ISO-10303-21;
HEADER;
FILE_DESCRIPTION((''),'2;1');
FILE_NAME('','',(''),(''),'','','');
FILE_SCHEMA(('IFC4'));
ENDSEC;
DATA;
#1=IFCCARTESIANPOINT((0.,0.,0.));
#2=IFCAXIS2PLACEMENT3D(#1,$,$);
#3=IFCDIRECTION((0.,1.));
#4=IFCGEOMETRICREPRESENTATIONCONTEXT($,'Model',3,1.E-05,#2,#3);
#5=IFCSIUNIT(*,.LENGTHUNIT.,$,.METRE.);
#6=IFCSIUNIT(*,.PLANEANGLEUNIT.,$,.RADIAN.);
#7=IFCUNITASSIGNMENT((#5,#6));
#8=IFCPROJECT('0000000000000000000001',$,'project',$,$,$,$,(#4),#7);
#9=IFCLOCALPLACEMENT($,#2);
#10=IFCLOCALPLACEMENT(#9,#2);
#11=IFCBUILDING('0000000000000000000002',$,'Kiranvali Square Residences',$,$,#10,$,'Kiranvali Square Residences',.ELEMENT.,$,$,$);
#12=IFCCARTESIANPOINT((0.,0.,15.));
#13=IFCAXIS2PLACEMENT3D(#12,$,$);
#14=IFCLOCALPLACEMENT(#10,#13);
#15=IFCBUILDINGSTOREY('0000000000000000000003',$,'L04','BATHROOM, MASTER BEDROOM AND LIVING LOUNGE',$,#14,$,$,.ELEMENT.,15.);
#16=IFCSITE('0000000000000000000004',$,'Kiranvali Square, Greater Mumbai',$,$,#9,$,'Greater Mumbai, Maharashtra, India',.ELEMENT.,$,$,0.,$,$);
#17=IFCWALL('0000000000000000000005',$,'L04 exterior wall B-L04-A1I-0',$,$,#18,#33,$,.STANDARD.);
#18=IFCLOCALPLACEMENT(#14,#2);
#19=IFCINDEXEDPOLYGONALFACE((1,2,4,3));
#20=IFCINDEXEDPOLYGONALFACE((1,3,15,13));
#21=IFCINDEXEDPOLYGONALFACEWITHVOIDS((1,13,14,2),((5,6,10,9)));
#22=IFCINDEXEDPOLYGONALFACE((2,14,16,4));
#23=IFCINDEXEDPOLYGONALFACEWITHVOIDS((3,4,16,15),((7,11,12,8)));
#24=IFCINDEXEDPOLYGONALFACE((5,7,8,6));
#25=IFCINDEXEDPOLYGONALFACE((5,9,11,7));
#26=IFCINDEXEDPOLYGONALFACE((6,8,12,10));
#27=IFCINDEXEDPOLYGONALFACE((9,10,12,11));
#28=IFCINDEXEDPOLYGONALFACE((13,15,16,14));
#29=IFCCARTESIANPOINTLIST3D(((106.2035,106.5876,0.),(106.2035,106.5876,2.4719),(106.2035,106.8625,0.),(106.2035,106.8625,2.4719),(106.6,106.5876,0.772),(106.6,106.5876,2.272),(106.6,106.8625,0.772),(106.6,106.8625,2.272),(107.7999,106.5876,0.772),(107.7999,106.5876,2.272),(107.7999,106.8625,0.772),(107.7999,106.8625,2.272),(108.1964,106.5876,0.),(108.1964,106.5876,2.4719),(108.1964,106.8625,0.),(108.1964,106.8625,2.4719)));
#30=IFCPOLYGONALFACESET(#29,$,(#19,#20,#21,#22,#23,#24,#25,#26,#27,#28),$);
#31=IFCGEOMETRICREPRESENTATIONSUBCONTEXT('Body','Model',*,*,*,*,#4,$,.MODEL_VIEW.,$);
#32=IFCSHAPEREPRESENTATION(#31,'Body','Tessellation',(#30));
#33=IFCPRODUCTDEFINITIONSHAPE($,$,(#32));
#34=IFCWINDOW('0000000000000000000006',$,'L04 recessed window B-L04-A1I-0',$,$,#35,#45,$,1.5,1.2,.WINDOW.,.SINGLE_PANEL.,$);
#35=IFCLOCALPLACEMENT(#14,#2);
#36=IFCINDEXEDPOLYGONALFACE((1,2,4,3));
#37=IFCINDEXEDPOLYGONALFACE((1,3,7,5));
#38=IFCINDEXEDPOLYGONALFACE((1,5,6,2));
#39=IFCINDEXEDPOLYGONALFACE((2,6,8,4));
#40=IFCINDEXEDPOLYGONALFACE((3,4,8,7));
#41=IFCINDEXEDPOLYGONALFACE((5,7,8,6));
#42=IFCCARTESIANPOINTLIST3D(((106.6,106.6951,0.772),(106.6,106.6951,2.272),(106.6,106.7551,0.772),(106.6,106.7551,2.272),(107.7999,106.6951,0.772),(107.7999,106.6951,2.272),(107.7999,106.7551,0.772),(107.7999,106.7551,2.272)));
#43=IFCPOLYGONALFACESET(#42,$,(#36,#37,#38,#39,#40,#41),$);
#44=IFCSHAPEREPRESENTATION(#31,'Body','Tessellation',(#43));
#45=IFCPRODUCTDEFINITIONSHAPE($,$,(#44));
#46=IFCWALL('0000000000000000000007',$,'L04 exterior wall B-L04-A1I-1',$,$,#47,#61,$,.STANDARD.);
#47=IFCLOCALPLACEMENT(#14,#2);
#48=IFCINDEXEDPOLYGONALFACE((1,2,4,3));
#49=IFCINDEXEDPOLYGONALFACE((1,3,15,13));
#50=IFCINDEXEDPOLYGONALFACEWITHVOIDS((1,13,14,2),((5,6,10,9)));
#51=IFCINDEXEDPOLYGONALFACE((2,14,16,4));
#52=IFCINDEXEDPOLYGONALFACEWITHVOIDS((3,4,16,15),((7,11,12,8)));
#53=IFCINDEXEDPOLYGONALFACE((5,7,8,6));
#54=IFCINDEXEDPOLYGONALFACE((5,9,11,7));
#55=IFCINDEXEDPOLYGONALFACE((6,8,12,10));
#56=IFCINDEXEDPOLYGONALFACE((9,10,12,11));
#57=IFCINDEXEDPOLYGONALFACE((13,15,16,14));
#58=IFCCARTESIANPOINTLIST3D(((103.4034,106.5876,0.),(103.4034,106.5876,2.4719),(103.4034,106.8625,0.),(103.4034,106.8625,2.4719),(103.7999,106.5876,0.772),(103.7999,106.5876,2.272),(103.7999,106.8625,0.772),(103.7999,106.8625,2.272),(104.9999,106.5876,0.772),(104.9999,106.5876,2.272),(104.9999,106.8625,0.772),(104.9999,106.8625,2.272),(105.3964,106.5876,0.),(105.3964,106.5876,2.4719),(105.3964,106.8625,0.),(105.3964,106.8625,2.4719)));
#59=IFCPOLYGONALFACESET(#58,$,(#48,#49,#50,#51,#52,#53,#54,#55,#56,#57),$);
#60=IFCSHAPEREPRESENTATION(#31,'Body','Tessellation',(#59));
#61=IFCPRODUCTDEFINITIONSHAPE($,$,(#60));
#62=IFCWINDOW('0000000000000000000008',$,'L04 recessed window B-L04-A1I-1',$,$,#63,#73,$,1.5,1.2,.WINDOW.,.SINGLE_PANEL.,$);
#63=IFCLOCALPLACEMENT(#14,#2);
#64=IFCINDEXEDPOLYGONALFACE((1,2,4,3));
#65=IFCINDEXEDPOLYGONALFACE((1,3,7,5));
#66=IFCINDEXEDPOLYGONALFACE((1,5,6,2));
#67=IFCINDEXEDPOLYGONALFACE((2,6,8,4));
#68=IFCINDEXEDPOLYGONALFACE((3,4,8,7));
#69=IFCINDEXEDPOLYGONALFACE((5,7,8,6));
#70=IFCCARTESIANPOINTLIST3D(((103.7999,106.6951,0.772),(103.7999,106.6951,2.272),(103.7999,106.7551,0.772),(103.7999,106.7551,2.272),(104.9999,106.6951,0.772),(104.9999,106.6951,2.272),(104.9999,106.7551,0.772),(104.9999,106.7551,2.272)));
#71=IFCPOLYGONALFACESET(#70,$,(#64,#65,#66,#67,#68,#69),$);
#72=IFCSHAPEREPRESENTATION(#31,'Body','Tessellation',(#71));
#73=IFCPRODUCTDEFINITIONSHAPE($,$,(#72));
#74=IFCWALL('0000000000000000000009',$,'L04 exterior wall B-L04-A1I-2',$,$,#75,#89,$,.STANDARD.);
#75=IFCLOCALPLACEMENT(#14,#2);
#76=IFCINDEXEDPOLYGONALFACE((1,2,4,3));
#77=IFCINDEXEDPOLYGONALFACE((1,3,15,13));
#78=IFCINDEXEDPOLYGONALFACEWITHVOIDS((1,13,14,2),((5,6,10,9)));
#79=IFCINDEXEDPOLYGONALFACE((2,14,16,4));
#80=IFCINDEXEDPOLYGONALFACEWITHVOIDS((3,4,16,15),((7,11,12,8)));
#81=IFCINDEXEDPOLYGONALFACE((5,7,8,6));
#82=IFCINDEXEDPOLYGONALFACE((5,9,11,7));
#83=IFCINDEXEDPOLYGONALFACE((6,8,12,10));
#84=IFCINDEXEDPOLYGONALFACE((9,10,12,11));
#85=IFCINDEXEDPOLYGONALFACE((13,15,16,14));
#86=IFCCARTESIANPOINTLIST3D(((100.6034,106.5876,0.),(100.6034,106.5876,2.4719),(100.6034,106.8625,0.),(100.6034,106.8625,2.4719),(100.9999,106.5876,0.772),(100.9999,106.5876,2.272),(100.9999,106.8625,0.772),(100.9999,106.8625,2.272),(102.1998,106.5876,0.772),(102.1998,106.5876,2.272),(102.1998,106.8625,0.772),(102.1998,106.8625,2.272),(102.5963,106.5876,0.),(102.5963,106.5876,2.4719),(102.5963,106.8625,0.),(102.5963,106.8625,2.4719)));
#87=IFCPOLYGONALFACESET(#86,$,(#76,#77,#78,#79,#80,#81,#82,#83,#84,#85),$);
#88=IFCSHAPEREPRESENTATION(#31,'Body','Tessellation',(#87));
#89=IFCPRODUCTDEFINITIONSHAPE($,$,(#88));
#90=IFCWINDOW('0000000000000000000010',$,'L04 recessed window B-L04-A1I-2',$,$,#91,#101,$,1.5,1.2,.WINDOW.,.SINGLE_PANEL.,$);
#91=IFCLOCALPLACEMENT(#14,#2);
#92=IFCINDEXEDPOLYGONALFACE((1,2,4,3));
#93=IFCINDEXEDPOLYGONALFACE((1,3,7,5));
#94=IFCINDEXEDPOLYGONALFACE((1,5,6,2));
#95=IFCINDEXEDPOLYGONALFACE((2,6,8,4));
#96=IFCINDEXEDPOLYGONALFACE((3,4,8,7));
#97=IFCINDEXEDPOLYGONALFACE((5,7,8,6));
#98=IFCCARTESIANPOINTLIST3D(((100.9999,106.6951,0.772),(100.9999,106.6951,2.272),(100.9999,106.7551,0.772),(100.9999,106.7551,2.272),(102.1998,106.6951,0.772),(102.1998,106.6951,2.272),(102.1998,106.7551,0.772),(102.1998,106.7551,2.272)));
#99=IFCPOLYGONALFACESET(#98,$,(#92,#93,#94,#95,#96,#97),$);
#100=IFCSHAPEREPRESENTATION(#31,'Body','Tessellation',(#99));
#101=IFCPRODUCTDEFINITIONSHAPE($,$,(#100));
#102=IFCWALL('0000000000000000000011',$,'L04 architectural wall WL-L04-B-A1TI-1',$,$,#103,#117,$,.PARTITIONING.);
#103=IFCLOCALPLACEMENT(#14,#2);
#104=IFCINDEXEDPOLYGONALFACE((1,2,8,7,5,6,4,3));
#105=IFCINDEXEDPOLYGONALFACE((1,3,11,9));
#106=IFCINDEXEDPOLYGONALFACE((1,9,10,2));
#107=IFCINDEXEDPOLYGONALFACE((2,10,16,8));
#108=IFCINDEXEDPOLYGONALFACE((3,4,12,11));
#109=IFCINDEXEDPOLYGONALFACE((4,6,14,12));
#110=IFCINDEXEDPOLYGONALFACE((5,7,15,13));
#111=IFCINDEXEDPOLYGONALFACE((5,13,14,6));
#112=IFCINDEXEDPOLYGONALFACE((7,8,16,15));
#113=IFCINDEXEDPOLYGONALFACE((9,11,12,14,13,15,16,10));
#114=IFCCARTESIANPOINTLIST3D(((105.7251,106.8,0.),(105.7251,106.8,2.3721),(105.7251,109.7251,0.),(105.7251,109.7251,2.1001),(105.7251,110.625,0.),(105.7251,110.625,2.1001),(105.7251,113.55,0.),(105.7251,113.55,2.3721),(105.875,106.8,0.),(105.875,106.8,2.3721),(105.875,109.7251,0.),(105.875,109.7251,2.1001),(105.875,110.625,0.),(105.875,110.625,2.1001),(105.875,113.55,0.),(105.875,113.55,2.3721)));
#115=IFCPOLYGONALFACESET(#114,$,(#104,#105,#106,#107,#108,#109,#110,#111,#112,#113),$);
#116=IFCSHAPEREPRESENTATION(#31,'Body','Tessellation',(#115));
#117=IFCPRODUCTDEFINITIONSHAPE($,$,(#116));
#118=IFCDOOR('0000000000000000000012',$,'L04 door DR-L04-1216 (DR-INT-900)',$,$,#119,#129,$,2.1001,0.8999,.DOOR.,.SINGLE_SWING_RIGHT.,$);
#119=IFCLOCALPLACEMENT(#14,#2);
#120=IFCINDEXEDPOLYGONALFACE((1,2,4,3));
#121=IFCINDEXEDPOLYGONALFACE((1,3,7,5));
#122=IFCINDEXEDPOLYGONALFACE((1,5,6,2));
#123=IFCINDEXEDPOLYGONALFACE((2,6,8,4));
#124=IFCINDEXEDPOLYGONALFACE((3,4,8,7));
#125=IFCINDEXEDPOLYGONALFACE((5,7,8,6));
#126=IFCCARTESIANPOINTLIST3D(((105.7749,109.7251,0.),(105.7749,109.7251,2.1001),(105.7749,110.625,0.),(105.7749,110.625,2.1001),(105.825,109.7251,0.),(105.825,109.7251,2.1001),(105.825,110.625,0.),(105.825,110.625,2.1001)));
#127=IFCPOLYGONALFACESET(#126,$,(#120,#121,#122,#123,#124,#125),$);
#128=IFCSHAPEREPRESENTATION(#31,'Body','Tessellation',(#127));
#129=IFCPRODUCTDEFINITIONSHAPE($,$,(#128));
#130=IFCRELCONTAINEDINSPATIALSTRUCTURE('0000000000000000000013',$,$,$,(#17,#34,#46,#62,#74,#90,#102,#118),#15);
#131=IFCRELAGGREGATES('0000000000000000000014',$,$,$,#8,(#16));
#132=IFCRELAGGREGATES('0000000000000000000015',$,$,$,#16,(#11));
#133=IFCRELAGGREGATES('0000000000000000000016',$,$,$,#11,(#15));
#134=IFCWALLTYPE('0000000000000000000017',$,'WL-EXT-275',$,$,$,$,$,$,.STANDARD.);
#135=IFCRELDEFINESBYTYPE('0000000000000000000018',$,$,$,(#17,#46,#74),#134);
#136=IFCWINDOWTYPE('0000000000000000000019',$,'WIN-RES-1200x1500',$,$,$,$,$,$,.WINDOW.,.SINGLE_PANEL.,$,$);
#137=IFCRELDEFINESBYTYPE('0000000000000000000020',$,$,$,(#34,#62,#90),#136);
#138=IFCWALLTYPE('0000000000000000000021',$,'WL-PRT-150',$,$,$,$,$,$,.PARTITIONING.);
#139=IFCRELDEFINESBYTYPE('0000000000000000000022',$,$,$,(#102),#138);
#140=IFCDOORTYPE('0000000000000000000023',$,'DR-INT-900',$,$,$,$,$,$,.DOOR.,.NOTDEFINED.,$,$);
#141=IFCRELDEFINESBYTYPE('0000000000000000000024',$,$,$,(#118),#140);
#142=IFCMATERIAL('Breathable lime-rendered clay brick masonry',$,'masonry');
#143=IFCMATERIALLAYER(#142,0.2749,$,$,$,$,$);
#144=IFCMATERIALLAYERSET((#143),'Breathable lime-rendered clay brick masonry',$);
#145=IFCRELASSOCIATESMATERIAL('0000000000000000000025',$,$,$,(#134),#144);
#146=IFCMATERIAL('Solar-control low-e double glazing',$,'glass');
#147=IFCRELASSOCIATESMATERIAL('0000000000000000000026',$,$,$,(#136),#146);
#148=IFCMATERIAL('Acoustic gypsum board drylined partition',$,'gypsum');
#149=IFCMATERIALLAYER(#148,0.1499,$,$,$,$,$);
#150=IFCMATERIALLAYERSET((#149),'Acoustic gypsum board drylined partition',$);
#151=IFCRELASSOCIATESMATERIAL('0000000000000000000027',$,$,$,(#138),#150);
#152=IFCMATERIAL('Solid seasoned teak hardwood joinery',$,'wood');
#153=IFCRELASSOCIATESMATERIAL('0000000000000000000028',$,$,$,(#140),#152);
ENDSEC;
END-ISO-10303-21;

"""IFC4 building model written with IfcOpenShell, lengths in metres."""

from ifc_helpers import new_model, si_unit, direction, frame, frame_2d, origin, place, context, subcontext, project, spatial, rectangle, extrude, material, layer, layer_set, type_object, element, fill, save


model = new_model("IFC4")

# Units and contexts
model_context = context("Model", 3, precision=1e-05, world=origin(), true_north=direction((0.0, 1.0)))
body_context = subcontext(model_context, "Body", "Model", "MODEL_VIEW")
ifc_project = project(units=[si_unit("LENGTHUNIT", "METRE"), si_unit("PLANEANGLEUNIT", "RADIAN")], contexts=[model_context])

# Site, building, storey
site_placement = place(None, origin())
site = spatial("IfcSite", under=ifc_project, at=site_placement, Name="Kiranvali Square, Greater Mumbai", LongName="Greater Mumbai, Maharashtra, India", CompositionType="ELEMENT", RefElevation=0.0)
building_placement = place(site_placement, origin())
building = spatial("IfcBuilding", under=site, at=building_placement, Name="Kiranvali Square Residences", LongName="Kiranvali Square Residences", CompositionType="ELEMENT")
storey_placement = place(building_placement, frame((0.0, 0.0, 15.0)))
storey = spatial("IfcBuildingStorey", under=building, at=storey_placement, Name="L04", Description="BATHROOM, MASTER BEDROOM AND LIVING LOUNGE", CompositionType="ELEMENT", Elevation=15.0)

# Walls, openings, windows
ifc_material_1 = material(Name="Breathable lime-rendered clay brick masonry", Category="masonry")
ifc_layer_1 = layer(ifc_material_1, 0.2749)
ifc_layer_set_1 = layer_set([ifc_layer_1], Name="Breathable lime-rendered clay brick masonry")
wall_type_1 = type_object("IfcWallType", Name="WL-EXT-275", PredefinedType="STANDARD", material=ifc_layer_set_1)
wall_1_placement = place(storey_placement, frame((108.1965, 106.7251, 0.0), z_axis=(0.0, 0.0, 1.0), x_axis=(-1.0, 0.0, 0.0)))
wall_1 = element("IfcWall", 1, at=wall_1_placement, inside=storey, type_object=wall_type_1, Name="L04 exterior wall B-L04-A1I-0", PredefinedType="STANDARD", context=body_context, shape_type="SweptSolid", body=[
    extrude(rectangle(XDim=1.9929, YDim=0.2749, at=frame_2d((0.9966, 0.0))), origin(), (0.0, 0.0, 1.0), 2.4719),
])
opening_1_placement = place(wall_1_placement, frame((0.3965, 0.0, 0.772)))
opening_1 = element("IfcOpeningElement", 2, at=opening_1_placement, cuts=wall_1, PredefinedType="OPENING", context=body_context, shape_type="SweptSolid", body=[
    extrude(rectangle(XDim=1.2, YDim=1.5, at=frame_2d((0.6001, 0.75))), frame((0.0, 0.1475, 0.0), z_axis=(0.0, -1.0, 0.0), x_axis=(1.0, 0.0, 0.0)), (0.0, 0.0, 1.0), 0.2949),
])
ifc_material_2 = material(Name="Solar-control low-e double glazing", Category="glass")
window_type = type_object("IfcWindowType", Name="WIN-RES-1200x1500", PartitioningType="SINGLE_PANEL", PredefinedType="WINDOW", material=ifc_material_2)
window_1_placement = place(opening_1_placement, origin())
window_1 = element("IfcWindow", 3, at=window_1_placement, inside=storey, type_object=window_type, Name="L04 recessed window B-L04-A1I-0", OverallHeight=1.5, OverallWidth=1.2, PartitioningType="SINGLE_PANEL", PredefinedType="WINDOW", context=body_context, shape_type="SweptSolid", body=[
    extrude(rectangle(XDim=1.2, YDim=1.5, at=frame_2d((0.6001, 0.75))), frame((0.0, 0.03, 0.0), z_axis=(0.0, -1.0, 0.0), x_axis=(1.0, 0.0, 0.0)), (0.0, 0.0, 1.0), 0.0601),
])
fill(opening_1, window_1)
wall_2_placement = place(storey_placement, frame((105.3965, 106.7251, 0.0), z_axis=(0.0, 0.0, 1.0), x_axis=(-1.0, 0.0, 0.0)))
wall_2 = element("IfcWall", 4, at=wall_2_placement, inside=storey, type_object=wall_type_1, Name="L04 exterior wall B-L04-A1I-1", PredefinedType="STANDARD", context=body_context, shape_type="SweptSolid", body=[
    extrude(rectangle(XDim=1.9929, YDim=0.2749, at=frame_2d((0.9966, 0.0))), origin(), (0.0, 0.0, 1.0), 2.4719),
])
opening_2_placement = place(wall_2_placement, frame((0.3965, 0.0, 0.772)))
opening_2 = element("IfcOpeningElement", 5, at=opening_2_placement, cuts=wall_2, PredefinedType="OPENING", context=body_context, shape_type="SweptSolid", body=[
    extrude(rectangle(XDim=1.2, YDim=1.5, at=frame_2d((0.6001, 0.75))), frame((0.0, 0.1475, 0.0), z_axis=(0.0, -1.0, 0.0), x_axis=(1.0, 0.0, 0.0)), (0.0, 0.0, 1.0), 0.2949),
])
window_2_placement = place(opening_2_placement, origin())
window_2 = element("IfcWindow", 6, at=window_2_placement, inside=storey, type_object=window_type, Name="L04 recessed window B-L04-A1I-1", OverallHeight=1.5, OverallWidth=1.2, PartitioningType="SINGLE_PANEL", PredefinedType="WINDOW", context=body_context, shape_type="SweptSolid", body=[
    extrude(rectangle(XDim=1.2, YDim=1.5, at=frame_2d((0.6001, 0.75))), frame((0.0, 0.03, 0.0), z_axis=(0.0, -1.0, 0.0), x_axis=(1.0, 0.0, 0.0)), (0.0, 0.0, 1.0), 0.0601),
])
fill(opening_2, window_2)
wall_3_placement = place(storey_placement, frame((102.5964, 106.7251, 0.0), z_axis=(0.0, 0.0, 1.0), x_axis=(-1.0, 0.0, 0.0)))
wall_3 = element("IfcWall", 7, at=wall_3_placement, inside=storey, type_object=wall_type_1, Name="L04 exterior wall B-L04-A1I-2", PredefinedType="STANDARD", context=body_context, shape_type="SweptSolid", body=[
    extrude(rectangle(XDim=1.9929, YDim=0.2749, at=frame_2d((0.9966, 0.0))), origin(), (0.0, 0.0, 1.0), 2.4719),
])
opening_3_placement = place(wall_3_placement, frame((0.3965, 0.0, 0.772)))
opening_3 = element("IfcOpeningElement", 8, at=opening_3_placement, cuts=wall_3, PredefinedType="OPENING", context=body_context, shape_type="SweptSolid", body=[
    extrude(rectangle(XDim=1.2, YDim=1.5, at=frame_2d((0.6001, 0.75))), frame((0.0, 0.1475, 0.0), z_axis=(0.0, -1.0, 0.0), x_axis=(1.0, 0.0, 0.0)), (0.0, 0.0, 1.0), 0.2949),
])
window_3_placement = place(opening_3_placement, origin())
window_3 = element("IfcWindow", 9, at=window_3_placement, inside=storey, type_object=window_type, Name="L04 recessed window B-L04-A1I-2", OverallHeight=1.5, OverallWidth=1.2, PartitioningType="SINGLE_PANEL", PredefinedType="WINDOW", context=body_context, shape_type="SweptSolid", body=[
    extrude(rectangle(XDim=1.2, YDim=1.5, at=frame_2d((0.6001, 0.75))), frame((0.0, 0.03, 0.0), z_axis=(0.0, -1.0, 0.0), x_axis=(1.0, 0.0, 0.0)), (0.0, 0.0, 1.0), 0.0601),
])
fill(opening_3, window_3)

# Wall, opening, door
ifc_material_3 = material(Name="Acoustic gypsum board drylined partition", Category="gypsum")
ifc_layer_2 = layer(ifc_material_3, 0.1499)
ifc_layer_set_2 = layer_set([ifc_layer_2], Name="Acoustic gypsum board drylined partition")
wall_type_2 = type_object("IfcWallType", Name="WL-PRT-150", PredefinedType="PARTITIONING", material=ifc_layer_set_2)
wall_4_placement = place(storey_placement, frame((105.8, 106.8, 0.0), z_axis=(0.0, 0.0, 1.0), x_axis=(0.0, 1.0, 0.0)))
wall_4 = element("IfcWall", 10, at=wall_4_placement, inside=storey, type_object=wall_type_2, Name="L04 architectural wall WL-L04-B-A1TI-1", PredefinedType="PARTITIONING", context=body_context, shape_type="SweptSolid", body=[
    extrude(rectangle(XDim=6.75, YDim=0.1499, at=frame_2d((3.375, 0.0))), origin(), (0.0, 0.0, 1.0), 2.3721),
])
opening_4_placement = place(wall_4_placement, frame((2.925, 0.0, 0.0)))
opening_4 = element("IfcOpeningElement", 11, at=opening_4_placement, cuts=wall_4, PredefinedType="OPENING", context=body_context, shape_type="SweptSolid", body=[
    extrude(rectangle(XDim=0.8999, YDim=2.1001, at=frame_2d((0.45, 1.05))), frame((0.0, 0.085, 0.0), z_axis=(0.0, -1.0, 0.0), x_axis=(1.0, 0.0, 0.0)), (0.0, 0.0, 1.0), 0.1699),
])
ifc_material_4 = material(Name="Solid seasoned teak hardwood joinery", Category="wood")
door_type_1 = type_object("IfcDoorType", Name="DR-INT-900", OperationType="NOTDEFINED", PredefinedType="DOOR", material=ifc_material_4)
door_1_placement = place(opening_4_placement, frame((0.8999, 0.0, 0.0), z_axis=(0.0, 0.0, 1.0), x_axis=(-1.0, 0.0, 0.0)))
door_1 = element("IfcDoor", 12, at=door_1_placement, inside=storey, type_object=door_type_1, Name="L04 door DR-L04-1216 (DR-INT-900)", OperationType="SINGLE_SWING_RIGHT", OverallHeight=2.1001, OverallWidth=0.8999, PredefinedType="DOOR", context=body_context, shape_type="SweptSolid", body=[
    extrude(rectangle(XDim=0.8999, YDim=2.1001, at=frame_2d((0.45, 1.05))), frame((0.0, 0.0249, 0.0), z_axis=(0.0, -1.0, 0.0), x_axis=(1.0, 0.0, 0.0)), (0.0, 0.0, 1.0), 0.05),
])
fill(opening_4, door_1)

save(model, "model.ifc")
